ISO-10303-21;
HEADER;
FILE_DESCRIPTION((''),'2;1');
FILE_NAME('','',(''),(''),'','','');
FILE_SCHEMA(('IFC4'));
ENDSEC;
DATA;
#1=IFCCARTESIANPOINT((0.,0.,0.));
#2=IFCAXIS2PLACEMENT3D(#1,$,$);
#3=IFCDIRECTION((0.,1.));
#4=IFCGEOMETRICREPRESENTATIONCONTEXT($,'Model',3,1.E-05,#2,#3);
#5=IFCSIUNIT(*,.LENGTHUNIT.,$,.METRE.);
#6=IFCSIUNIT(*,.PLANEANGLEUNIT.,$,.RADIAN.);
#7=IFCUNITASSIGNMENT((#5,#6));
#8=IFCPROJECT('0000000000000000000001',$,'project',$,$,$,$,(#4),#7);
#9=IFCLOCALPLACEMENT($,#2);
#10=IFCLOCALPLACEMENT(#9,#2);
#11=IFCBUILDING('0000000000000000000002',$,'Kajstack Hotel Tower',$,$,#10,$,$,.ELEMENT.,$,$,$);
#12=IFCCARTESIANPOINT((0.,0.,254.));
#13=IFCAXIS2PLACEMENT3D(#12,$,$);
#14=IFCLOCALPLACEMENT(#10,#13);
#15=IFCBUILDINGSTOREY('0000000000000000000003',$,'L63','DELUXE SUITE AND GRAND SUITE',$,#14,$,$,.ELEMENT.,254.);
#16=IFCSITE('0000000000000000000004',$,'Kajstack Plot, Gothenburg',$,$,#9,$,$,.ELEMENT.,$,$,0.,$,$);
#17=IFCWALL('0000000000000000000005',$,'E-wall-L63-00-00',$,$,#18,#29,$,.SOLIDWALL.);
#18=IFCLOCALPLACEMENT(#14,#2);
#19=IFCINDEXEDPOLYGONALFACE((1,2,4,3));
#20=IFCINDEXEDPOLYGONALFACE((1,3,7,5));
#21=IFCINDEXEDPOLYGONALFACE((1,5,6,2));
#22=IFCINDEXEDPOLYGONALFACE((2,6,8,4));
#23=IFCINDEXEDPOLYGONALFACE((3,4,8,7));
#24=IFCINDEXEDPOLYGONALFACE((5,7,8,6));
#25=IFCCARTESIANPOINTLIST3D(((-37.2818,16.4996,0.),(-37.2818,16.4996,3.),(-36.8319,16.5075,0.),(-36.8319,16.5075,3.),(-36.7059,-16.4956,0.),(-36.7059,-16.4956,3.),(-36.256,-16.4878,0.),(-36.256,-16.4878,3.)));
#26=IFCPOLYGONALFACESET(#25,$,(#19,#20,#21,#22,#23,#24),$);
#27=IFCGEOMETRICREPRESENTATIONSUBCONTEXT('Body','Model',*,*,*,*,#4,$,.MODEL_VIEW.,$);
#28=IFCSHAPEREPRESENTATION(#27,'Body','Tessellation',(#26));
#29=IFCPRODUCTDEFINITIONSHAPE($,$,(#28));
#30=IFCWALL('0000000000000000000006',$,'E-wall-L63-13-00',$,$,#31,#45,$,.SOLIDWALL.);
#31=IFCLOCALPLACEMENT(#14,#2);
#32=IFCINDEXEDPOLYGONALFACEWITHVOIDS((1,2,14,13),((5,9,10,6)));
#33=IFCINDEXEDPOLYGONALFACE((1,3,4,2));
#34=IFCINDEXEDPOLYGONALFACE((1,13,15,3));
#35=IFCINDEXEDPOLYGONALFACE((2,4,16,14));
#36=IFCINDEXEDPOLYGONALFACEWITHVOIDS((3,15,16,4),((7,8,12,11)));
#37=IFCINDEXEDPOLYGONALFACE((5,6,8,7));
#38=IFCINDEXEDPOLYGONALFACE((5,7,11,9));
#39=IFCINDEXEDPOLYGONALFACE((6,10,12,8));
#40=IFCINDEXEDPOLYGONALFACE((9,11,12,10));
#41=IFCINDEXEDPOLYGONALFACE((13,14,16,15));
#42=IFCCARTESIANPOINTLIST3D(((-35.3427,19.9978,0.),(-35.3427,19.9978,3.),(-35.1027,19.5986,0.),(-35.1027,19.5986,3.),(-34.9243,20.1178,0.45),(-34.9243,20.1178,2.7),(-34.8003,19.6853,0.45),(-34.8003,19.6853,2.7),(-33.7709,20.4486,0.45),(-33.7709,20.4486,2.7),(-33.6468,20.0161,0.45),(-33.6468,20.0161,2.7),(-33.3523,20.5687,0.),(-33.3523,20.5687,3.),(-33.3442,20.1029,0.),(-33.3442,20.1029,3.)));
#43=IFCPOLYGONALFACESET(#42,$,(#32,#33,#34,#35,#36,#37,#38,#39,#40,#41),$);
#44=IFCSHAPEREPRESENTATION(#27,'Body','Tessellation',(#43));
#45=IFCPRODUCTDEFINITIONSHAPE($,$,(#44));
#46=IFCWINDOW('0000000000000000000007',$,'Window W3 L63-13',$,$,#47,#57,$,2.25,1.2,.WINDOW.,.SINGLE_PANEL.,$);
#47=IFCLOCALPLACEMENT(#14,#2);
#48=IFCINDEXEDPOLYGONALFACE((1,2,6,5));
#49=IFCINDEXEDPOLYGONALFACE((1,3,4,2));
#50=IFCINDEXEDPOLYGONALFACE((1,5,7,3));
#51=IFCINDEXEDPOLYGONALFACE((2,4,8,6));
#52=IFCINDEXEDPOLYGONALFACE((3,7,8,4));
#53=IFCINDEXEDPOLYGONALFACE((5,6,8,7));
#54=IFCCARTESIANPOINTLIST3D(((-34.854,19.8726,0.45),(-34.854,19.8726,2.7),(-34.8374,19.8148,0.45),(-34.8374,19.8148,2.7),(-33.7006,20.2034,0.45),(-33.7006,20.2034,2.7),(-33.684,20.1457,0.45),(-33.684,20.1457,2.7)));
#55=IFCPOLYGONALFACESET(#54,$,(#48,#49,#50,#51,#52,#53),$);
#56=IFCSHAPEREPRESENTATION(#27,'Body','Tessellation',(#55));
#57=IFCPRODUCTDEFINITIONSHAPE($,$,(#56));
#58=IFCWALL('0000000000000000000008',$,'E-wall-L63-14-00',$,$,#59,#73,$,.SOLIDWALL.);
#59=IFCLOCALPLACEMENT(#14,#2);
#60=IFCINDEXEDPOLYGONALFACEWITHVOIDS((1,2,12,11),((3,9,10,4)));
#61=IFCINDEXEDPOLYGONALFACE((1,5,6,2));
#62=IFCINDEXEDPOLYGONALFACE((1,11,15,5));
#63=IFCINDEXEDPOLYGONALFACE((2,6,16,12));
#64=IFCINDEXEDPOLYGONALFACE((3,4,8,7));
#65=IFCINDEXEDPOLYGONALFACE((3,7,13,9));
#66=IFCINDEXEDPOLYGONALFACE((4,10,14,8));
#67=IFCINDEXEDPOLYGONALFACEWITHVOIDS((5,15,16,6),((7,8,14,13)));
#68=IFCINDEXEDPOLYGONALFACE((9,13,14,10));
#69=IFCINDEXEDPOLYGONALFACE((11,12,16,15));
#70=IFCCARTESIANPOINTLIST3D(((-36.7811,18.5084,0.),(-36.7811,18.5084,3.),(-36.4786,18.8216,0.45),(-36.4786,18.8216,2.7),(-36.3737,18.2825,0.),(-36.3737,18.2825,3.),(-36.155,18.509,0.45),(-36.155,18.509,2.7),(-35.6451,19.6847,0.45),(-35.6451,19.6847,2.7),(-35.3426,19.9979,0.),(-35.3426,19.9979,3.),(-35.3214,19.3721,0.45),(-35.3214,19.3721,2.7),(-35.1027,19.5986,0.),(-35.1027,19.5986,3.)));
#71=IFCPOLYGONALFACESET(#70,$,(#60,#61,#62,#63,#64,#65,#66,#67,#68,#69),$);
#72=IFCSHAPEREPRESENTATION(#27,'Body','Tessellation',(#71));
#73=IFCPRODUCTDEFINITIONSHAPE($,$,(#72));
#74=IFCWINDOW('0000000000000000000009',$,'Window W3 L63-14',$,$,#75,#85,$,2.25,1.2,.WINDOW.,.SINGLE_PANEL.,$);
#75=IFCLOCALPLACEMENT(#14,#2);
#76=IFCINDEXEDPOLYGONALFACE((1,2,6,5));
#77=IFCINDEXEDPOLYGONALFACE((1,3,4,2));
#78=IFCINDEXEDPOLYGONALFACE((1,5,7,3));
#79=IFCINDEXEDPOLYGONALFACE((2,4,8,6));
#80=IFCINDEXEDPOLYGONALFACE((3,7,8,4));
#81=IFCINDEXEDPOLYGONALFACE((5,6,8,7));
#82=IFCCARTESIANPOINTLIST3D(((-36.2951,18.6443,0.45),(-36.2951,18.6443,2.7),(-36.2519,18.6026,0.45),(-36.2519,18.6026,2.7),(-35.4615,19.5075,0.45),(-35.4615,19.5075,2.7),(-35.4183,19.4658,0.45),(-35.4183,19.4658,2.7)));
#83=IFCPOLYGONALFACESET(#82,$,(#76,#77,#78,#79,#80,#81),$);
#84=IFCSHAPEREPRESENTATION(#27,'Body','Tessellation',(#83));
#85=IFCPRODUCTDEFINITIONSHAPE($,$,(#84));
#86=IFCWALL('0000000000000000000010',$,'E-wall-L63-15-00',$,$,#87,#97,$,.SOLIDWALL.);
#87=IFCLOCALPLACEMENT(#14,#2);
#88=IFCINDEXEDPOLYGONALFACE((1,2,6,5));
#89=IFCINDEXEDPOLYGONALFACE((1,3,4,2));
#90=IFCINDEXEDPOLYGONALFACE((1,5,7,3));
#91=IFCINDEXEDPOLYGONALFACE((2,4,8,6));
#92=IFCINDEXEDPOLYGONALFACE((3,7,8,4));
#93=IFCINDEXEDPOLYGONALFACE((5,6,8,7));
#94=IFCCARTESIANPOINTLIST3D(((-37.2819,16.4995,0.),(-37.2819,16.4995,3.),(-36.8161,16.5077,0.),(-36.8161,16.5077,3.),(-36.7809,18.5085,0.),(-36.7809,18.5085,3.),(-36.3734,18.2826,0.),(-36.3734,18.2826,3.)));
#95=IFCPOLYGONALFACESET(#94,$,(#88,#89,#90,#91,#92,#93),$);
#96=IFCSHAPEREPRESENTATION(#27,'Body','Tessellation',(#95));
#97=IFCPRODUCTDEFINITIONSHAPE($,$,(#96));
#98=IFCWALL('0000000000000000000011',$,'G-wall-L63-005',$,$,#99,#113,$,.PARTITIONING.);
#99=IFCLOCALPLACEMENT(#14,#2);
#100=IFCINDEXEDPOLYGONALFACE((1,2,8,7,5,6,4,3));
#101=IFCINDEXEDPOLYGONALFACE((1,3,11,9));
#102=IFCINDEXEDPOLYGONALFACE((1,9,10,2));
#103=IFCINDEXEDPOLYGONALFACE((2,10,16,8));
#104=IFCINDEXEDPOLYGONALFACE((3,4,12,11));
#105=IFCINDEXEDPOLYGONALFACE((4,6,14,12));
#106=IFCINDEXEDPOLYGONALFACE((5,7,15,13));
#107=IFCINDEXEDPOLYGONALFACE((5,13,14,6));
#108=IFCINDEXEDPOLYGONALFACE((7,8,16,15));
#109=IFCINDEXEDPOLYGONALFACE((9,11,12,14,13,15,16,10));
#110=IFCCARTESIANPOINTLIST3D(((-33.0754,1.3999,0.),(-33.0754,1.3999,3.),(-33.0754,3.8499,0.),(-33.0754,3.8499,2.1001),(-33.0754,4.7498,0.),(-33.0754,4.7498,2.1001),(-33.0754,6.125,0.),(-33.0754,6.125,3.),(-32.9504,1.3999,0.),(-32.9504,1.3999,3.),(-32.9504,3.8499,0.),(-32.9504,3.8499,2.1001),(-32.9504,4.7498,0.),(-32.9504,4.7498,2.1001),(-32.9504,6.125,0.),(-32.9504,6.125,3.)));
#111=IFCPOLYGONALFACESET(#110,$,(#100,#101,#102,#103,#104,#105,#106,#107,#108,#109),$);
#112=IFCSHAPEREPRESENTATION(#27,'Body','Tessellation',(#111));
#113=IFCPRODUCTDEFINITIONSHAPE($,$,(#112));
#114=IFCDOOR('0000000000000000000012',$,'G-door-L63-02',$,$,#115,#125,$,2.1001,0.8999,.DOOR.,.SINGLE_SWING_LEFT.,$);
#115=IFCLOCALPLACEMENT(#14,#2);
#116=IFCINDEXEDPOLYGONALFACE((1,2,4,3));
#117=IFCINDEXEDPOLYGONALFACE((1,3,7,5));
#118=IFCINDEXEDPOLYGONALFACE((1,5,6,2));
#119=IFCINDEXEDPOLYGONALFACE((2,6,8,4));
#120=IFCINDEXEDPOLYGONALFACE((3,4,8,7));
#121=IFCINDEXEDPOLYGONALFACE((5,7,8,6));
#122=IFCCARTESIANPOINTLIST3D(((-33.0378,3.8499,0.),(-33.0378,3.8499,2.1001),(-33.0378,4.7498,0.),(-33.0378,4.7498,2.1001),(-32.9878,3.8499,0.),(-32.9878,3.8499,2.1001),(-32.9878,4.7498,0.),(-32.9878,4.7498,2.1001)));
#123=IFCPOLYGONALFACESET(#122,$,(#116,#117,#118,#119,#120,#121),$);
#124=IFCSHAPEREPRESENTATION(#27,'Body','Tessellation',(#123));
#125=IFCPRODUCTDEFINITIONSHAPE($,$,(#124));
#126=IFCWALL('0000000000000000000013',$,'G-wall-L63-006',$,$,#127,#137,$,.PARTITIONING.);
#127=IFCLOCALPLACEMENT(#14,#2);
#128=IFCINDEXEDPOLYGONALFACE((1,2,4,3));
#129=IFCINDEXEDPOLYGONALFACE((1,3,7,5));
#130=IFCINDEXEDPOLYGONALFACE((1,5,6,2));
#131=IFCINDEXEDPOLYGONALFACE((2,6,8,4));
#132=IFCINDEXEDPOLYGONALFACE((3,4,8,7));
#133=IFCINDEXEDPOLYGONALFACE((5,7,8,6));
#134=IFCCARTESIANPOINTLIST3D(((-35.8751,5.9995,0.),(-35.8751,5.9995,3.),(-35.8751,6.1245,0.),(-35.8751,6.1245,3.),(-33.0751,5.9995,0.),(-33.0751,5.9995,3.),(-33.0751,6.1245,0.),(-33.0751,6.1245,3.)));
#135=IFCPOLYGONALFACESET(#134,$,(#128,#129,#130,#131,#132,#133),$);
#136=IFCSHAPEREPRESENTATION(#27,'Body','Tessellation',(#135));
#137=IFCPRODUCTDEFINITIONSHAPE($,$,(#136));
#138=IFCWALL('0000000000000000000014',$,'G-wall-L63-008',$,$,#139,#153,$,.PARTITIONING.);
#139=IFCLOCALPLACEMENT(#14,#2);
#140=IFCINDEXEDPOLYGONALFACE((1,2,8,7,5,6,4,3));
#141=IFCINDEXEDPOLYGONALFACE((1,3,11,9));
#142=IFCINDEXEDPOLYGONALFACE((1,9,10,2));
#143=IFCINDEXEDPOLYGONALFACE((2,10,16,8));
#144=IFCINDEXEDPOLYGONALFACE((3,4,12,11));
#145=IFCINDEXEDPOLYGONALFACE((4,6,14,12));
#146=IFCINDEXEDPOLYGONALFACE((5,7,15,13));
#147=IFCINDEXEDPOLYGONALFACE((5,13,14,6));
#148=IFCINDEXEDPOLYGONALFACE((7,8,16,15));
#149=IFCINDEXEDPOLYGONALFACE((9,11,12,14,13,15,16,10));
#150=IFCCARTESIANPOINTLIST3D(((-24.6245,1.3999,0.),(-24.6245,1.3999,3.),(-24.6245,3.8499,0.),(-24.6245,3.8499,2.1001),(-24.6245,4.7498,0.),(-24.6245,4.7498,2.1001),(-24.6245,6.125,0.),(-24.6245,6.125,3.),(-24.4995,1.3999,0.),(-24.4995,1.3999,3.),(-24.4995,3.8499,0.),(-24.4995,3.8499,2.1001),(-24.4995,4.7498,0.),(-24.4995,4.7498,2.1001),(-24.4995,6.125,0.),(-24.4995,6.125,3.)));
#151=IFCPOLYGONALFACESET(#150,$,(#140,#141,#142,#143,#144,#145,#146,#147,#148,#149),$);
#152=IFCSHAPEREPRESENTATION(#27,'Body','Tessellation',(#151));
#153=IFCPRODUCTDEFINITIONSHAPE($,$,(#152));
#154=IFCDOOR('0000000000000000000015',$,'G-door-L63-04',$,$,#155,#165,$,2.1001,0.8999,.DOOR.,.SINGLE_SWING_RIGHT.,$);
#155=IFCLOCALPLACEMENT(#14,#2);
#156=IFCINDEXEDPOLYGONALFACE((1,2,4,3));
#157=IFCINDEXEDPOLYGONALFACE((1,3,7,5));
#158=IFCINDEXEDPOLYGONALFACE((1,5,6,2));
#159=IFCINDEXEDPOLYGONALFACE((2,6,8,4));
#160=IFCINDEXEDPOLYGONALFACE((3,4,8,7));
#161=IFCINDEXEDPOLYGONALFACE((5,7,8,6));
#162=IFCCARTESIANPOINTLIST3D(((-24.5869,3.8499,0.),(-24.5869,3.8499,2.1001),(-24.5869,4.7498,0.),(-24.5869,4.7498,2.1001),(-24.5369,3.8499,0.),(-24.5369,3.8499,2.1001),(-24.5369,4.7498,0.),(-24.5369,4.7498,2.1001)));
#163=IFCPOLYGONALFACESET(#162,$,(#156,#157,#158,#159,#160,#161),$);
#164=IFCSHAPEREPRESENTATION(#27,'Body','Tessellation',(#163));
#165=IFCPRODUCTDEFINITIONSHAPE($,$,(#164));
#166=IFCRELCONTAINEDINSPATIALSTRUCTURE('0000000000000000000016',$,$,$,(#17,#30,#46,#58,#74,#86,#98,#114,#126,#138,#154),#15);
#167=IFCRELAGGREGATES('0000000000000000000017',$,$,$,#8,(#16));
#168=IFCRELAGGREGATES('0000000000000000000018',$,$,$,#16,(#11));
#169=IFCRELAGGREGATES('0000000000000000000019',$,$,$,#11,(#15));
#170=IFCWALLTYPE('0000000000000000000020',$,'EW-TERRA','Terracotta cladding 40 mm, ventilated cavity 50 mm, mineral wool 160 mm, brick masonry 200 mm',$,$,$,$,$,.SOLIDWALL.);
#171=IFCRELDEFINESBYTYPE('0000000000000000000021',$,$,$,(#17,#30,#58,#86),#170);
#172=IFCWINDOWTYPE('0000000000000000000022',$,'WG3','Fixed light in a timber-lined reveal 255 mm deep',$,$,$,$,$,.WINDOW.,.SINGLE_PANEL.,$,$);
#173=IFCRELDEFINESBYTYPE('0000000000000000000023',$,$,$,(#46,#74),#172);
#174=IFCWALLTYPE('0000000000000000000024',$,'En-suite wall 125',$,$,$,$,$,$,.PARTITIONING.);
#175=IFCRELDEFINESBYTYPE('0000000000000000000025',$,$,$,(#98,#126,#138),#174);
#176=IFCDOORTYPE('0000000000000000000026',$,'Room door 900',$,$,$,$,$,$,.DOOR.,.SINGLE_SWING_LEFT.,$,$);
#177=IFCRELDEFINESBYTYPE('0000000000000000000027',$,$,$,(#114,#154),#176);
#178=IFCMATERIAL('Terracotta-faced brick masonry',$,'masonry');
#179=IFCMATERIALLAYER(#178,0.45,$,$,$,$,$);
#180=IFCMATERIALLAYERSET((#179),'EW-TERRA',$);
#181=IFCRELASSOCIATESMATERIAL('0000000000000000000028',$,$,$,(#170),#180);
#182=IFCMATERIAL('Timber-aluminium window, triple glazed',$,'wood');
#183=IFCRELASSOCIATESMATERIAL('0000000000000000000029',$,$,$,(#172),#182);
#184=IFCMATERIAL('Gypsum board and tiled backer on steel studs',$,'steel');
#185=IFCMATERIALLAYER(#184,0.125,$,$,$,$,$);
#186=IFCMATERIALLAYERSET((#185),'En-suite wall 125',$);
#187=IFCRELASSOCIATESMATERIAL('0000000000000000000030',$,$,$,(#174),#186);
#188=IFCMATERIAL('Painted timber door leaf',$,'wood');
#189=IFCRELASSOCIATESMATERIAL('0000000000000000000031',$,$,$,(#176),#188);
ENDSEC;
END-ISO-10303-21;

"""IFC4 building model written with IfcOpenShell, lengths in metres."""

from ifc_helpers import new_model, si_unit, direction, frame, frame_2d, origin, place, context, subcontext, project, spatial, polyline, rectangle, outline, extrude, material, layer, layer_set, type_object, element, fill, save


model = new_model("IFC4")

# Units and contexts
model_context = context("Model", 3, precision=1e-05, world=origin(), true_north=direction((0.0, 1.0)))
body_context = subcontext(model_context, "Body", "Model", "MODEL_VIEW")
ifc_project = project(units=[si_unit("LENGTHUNIT", "METRE"), si_unit("PLANEANGLEUNIT", "RADIAN")], contexts=[model_context])

# Site, building, storey
site_placement = place(None, origin())
site = spatial("IfcSite", under=ifc_project, at=site_placement, Name="Kajstack Plot, Gothenburg", CompositionType="ELEMENT", RefElevation=0.0)
building_placement = place(site_placement, origin())
building = spatial("IfcBuilding", under=site, at=building_placement, Name="Kajstack Hotel Tower", CompositionType="ELEMENT")
storey_placement = place(building_placement, frame((0.0, 0.0, 254.0)))
storey = spatial("IfcBuildingStorey", under=building, at=storey_placement, Name="L63", Description="DELUXE SUITE AND GRAND SUITE", CompositionType="ELEMENT", Elevation=254.0)

# Wall
ifc_material_1 = material(Name="Terracotta-faced brick masonry", Category="masonry")
ifc_layer_1 = layer(ifc_material_1, 0.45)
ifc_layer_set_1 = layer_set([ifc_layer_1], Name="EW-TERRA")
wall_type_1 = type_object("IfcWallType", Name="EW-TERRA", Description="Terracotta cladding 40 mm, ventilated cavity 50 mm, mineral wool 160 mm, brick masonry 200 mm", PredefinedType="SOLIDWALL", material=ifc_layer_set_1)
wall_1_placement = place(storey_placement, frame((-37.0569, 16.5034, 0.0), z_axis=(0.0, 0.0, 1.0), x_axis=(0.017452, -0.999848, 0.0)))
element("IfcWall", 1, at=wall_1_placement, inside=storey, type_object=wall_type_1, Name="E-wall-L63-00-00", PredefinedType="SOLIDWALL", context=body_context, shape_type="SweptSolid", body=[
    extrude(rectangle(XDim=33.0002, YDim=0.45, at=frame_2d((16.5, 0.0))), origin(), (0.0, 0.0, 1.0), 3.0),
])

# Walls, openings, windows
wall_2_placement = place(storey_placement, frame((-33.2903, 20.3523, 0.0), z_axis=(0.0, 0.0, 1.0), x_axis=(-0.961248, -0.275687, 0.0)))
wall_2 = element("IfcWall", 2, at=wall_2_placement, inside=storey, type_object=wall_type_1, Name="E-wall-L63-13-00", PredefinedType="SOLIDWALL", context=body_context, shape_type="SweptSolid", body=[
    extrude(outline(polyline([(0.0, -0.2251), (2.0706, -0.2251), (1.95, 0.2249), (0.1206, 0.2249), (0.0, -0.2251)])), origin(), (0.0, 0.0, 1.0), 3.0),
])
opening_1_placement = place(wall_2_placement, frame((0.4353, 0.0, 0.45)))
opening_1 = element("IfcOpeningElement", 3, at=opening_1_placement, cuts=wall_2, PredefinedType="OPENING", context=body_context, shape_type="SweptSolid", body=[
    extrude(rectangle(XDim=1.2, YDim=2.25, at=frame_2d((0.6001, 1.125))), frame((0.0, 0.2349, 0.0), z_axis=(0.0, -1.0, 0.0), x_axis=(1.0, 0.0, 0.0)), (0.0, 0.0, 1.0), 0.47),
])
ifc_material_2 = material(Name="Timber-aluminium window, triple glazed", Category="wood")
window_type = type_object("IfcWindowType", Name="WG3", Description="Fixed light in a timber-lined reveal 255 mm deep", PartitioningType="SINGLE_PANEL", PredefinedType="WINDOW", material=ifc_material_2)
window_1_placement = place(opening_1_placement, origin())
window_1 = element("IfcWindow", 4, at=window_1_placement, inside=storey, type_object=window_type, Name="Window W3 L63-13", OverallHeight=2.25, OverallWidth=1.2, PartitioningType="SINGLE_PANEL", PredefinedType="WINDOW", context=body_context, shape_type="SweptSolid", body=[
    extrude(rectangle(XDim=1.2, YDim=2.25, at=frame_2d((0.6001, 1.125))), frame((0.0, 0.0901, 0.0), z_axis=(0.0, -1.0, 0.0), x_axis=(1.0, 0.0, 0.0)), (0.0, 0.0, 1.0), 0.0601),
])
fill(opening_1, window_1)
wall_3_placement = place(storey_placement, frame((-35.1807, 19.8416, 0.0), z_axis=(0.0, 0.0, 1.0), x_axis=(-0.694679, -0.71932, 0.0)))
wall_3 = element("IfcWall", 5, at=wall_3_placement, inside=storey, type_object=wall_type_1, Name="E-wall-L63-14-00", PredefinedType="SOLIDWALL", context=body_context, shape_type="SweptSolid", body=[
    extrude(outline(polyline([(0.0, -0.2251), (2.0708, -0.2251), (1.9502, 0.2249), (0.1206, 0.2249), (0.0, -0.2251)])), origin(), (0.0, 0.0, 1.0), 3.0),
])
opening_2_placement = place(wall_3_placement, frame((0.4353, 0.0, 0.45)))
opening_2 = element("IfcOpeningElement", 6, at=opening_2_placement, cuts=wall_3, PredefinedType="OPENING", context=body_context, shape_type="SweptSolid", body=[
    extrude(rectangle(XDim=1.2, YDim=2.25, at=frame_2d((0.6001, 1.125))), frame((0.0, 0.2349, 0.0), z_axis=(0.0, -1.0, 0.0), x_axis=(1.0, 0.0, 0.0)), (0.0, 0.0, 1.0), 0.47),
])
window_2_placement = place(opening_2_placement, origin())
window_2 = element("IfcWindow", 7, at=window_2_placement, inside=storey, type_object=window_type, Name="Window W3 L63-14", OverallHeight=2.25, OverallWidth=1.2, PartitioningType="SINGLE_PANEL", PredefinedType="WINDOW", context=body_context, shape_type="SweptSolid", body=[
    extrude(rectangle(XDim=1.2, YDim=2.25, at=frame_2d((0.6001, 1.125))), frame((0.0, 0.0901, 0.0), z_axis=(0.0, -1.0, 0.0), x_axis=(1.0, 0.0, 0.0)), (0.0, 0.0, 1.0), 0.0601),
])
fill(opening_2, window_2)

# Wall
wall_4_placement = place(storey_placement, frame((-36.5627, 18.4539, 0.0), z_axis=(0.0, 0.0, 1.0), x_axis=(-0.24187, -0.970309, 0.0)))
element("IfcWall", 8, at=wall_4_placement, inside=storey, type_object=wall_type_1, Name="E-wall-L63-15-00", PredefinedType="SOLIDWALL", context=body_context, shape_type="SweptSolid", body=[
    extrude(outline(polyline([(-0.0002, -0.2249), (2.0703, -0.2251), (1.9497, 0.2249), (0.1204, 0.2251), (-0.0002, -0.2249)])), origin(), (0.0, 0.0, 1.0), 3.0),
])

# Wall, opening, door
ifc_material_3 = material(Name="Gypsum board and tiled backer on steel studs", Category="steel")
ifc_layer_2 = layer(ifc_material_3, 0.125)
ifc_layer_set_2 = layer_set([ifc_layer_2], Name="En-suite wall 125")
wall_type_2 = type_object("IfcWallType", Name="En-suite wall 125", PredefinedType="PARTITIONING", material=ifc_layer_set_2)
wall_5_placement = place(storey_placement, frame((-33.0129, 1.3999, 0.0), z_axis=(0.0, 0.0, 1.0), x_axis=(0.0, 1.0, 0.0)))
wall_5 = element("IfcWall", 9, at=wall_5_placement, inside=storey, type_object=wall_type_2, Name="G-wall-L63-005", PredefinedType="PARTITIONING", context=body_context, shape_type="SweptSolid", body=[
    extrude(rectangle(XDim=4.7251, YDim=0.125, at=frame_2d((2.3625, 0.0))), origin(), (0.0, 0.0, 1.0), 3.0),
])
opening_3_placement = place(wall_5_placement, frame((2.45, 0.0, 0.0)))
opening_3 = element("IfcOpeningElement", 10, at=opening_3_placement, cuts=wall_5, PredefinedType="OPENING", context=body_context, shape_type="SweptSolid", body=[
    extrude(rectangle(XDim=0.8999, YDim=2.1001, at=frame_2d((0.45, 1.05))), frame((0.0, 0.0725, 0.0), z_axis=(0.0, -1.0, 0.0), x_axis=(1.0, 0.0, 0.0)), (0.0, 0.0, 1.0), 0.145),
])
ifc_material_4 = material(Name="Painted timber door leaf", Category="wood")
door_type_1 = type_object("IfcDoorType", Name="Room door 900", OperationType="SINGLE_SWING_LEFT", PredefinedType="DOOR", material=ifc_material_4)
door_1_placement = place(opening_3_placement, origin())
door_1 = element("IfcDoor", 11, at=door_1_placement, inside=storey, type_object=door_type_1, Name="G-door-L63-02", OperationType="SINGLE_SWING_LEFT", OverallHeight=2.1001, OverallWidth=0.8999, PredefinedType="DOOR", context=body_context, shape_type="SweptSolid", body=[
    extrude(rectangle(XDim=0.8999, YDim=2.1001, at=frame_2d((0.45, 1.05))), frame((0.0, 0.0249, 0.0), z_axis=(0.0, -1.0, 0.0), x_axis=(1.0, 0.0, 0.0)), (0.0, 0.0, 1.0), 0.05),
])
fill(opening_3, door_1)

# Wall
wall_6_placement = place(storey_placement, frame((-35.875, 6.062, 0.0), z_axis=(0.0, 0.0, 1.0), x_axis=(1.0, 0.0, 0.0)))
element("IfcWall", 12, at=wall_6_placement, inside=storey, type_object=wall_type_2, Name="G-wall-L63-006", PredefinedType="PARTITIONING", context=body_context, shape_type="SweptSolid", body=[
    extrude(rectangle(XDim=2.8, YDim=0.125, at=frame_2d((1.3999, 0.0))), origin(), (0.0, 0.0, 1.0), 3.0),
])

# Wall, opening, door
wall_7_placement = place(storey_placement, frame((-24.562, 1.3999, 0.0), z_axis=(0.0, 0.0, 1.0), x_axis=(0.0, 1.0, 0.0)))
wall_7 = element("IfcWall", 13, at=wall_7_placement, inside=storey, type_object=wall_type_2, Name="G-wall-L63-008", PredefinedType="PARTITIONING", context=body_context, shape_type="SweptSolid", body=[
    extrude(rectangle(XDim=4.7251, YDim=0.125, at=frame_2d((2.3625, 0.0))), origin(), (0.0, 0.0, 1.0), 3.0),
])
opening_4_placement = place(wall_7_placement, frame((2.45, 0.0, 0.0)))
opening_4 = element("IfcOpeningElement", 14, at=opening_4_placement, cuts=wall_7, PredefinedType="OPENING", context=body_context, shape_type="SweptSolid", body=[
    extrude(rectangle(XDim=0.8999, YDim=2.1001, at=frame_2d((0.45, 1.05))), frame((0.0, 0.0725, 0.0), z_axis=(0.0, -1.0, 0.0), x_axis=(1.0, 0.0, 0.0)), (0.0, 0.0, 1.0), 0.145),
])
door_2_placement = place(opening_4_placement, origin())
door_2 = element("IfcDoor", 15, at=door_2_placement, inside=storey, type_object=door_type_1, Name="G-door-L63-04", OperationType="SINGLE_SWING_RIGHT", OverallHeight=2.1001, OverallWidth=0.8999, PredefinedType="DOOR", context=body_context, shape_type="SweptSolid", body=[
    extrude(rectangle(XDim=0.8999, YDim=2.1001, at=frame_2d((0.45, 1.05))), frame((0.0, 0.0249, 0.0), z_axis=(0.0, -1.0, 0.0), x_axis=(1.0, 0.0, 0.0)), (0.0, 0.0, 1.0), 0.05),
])
fill(opening_4, door_2)

save(model, "model.ifc")
